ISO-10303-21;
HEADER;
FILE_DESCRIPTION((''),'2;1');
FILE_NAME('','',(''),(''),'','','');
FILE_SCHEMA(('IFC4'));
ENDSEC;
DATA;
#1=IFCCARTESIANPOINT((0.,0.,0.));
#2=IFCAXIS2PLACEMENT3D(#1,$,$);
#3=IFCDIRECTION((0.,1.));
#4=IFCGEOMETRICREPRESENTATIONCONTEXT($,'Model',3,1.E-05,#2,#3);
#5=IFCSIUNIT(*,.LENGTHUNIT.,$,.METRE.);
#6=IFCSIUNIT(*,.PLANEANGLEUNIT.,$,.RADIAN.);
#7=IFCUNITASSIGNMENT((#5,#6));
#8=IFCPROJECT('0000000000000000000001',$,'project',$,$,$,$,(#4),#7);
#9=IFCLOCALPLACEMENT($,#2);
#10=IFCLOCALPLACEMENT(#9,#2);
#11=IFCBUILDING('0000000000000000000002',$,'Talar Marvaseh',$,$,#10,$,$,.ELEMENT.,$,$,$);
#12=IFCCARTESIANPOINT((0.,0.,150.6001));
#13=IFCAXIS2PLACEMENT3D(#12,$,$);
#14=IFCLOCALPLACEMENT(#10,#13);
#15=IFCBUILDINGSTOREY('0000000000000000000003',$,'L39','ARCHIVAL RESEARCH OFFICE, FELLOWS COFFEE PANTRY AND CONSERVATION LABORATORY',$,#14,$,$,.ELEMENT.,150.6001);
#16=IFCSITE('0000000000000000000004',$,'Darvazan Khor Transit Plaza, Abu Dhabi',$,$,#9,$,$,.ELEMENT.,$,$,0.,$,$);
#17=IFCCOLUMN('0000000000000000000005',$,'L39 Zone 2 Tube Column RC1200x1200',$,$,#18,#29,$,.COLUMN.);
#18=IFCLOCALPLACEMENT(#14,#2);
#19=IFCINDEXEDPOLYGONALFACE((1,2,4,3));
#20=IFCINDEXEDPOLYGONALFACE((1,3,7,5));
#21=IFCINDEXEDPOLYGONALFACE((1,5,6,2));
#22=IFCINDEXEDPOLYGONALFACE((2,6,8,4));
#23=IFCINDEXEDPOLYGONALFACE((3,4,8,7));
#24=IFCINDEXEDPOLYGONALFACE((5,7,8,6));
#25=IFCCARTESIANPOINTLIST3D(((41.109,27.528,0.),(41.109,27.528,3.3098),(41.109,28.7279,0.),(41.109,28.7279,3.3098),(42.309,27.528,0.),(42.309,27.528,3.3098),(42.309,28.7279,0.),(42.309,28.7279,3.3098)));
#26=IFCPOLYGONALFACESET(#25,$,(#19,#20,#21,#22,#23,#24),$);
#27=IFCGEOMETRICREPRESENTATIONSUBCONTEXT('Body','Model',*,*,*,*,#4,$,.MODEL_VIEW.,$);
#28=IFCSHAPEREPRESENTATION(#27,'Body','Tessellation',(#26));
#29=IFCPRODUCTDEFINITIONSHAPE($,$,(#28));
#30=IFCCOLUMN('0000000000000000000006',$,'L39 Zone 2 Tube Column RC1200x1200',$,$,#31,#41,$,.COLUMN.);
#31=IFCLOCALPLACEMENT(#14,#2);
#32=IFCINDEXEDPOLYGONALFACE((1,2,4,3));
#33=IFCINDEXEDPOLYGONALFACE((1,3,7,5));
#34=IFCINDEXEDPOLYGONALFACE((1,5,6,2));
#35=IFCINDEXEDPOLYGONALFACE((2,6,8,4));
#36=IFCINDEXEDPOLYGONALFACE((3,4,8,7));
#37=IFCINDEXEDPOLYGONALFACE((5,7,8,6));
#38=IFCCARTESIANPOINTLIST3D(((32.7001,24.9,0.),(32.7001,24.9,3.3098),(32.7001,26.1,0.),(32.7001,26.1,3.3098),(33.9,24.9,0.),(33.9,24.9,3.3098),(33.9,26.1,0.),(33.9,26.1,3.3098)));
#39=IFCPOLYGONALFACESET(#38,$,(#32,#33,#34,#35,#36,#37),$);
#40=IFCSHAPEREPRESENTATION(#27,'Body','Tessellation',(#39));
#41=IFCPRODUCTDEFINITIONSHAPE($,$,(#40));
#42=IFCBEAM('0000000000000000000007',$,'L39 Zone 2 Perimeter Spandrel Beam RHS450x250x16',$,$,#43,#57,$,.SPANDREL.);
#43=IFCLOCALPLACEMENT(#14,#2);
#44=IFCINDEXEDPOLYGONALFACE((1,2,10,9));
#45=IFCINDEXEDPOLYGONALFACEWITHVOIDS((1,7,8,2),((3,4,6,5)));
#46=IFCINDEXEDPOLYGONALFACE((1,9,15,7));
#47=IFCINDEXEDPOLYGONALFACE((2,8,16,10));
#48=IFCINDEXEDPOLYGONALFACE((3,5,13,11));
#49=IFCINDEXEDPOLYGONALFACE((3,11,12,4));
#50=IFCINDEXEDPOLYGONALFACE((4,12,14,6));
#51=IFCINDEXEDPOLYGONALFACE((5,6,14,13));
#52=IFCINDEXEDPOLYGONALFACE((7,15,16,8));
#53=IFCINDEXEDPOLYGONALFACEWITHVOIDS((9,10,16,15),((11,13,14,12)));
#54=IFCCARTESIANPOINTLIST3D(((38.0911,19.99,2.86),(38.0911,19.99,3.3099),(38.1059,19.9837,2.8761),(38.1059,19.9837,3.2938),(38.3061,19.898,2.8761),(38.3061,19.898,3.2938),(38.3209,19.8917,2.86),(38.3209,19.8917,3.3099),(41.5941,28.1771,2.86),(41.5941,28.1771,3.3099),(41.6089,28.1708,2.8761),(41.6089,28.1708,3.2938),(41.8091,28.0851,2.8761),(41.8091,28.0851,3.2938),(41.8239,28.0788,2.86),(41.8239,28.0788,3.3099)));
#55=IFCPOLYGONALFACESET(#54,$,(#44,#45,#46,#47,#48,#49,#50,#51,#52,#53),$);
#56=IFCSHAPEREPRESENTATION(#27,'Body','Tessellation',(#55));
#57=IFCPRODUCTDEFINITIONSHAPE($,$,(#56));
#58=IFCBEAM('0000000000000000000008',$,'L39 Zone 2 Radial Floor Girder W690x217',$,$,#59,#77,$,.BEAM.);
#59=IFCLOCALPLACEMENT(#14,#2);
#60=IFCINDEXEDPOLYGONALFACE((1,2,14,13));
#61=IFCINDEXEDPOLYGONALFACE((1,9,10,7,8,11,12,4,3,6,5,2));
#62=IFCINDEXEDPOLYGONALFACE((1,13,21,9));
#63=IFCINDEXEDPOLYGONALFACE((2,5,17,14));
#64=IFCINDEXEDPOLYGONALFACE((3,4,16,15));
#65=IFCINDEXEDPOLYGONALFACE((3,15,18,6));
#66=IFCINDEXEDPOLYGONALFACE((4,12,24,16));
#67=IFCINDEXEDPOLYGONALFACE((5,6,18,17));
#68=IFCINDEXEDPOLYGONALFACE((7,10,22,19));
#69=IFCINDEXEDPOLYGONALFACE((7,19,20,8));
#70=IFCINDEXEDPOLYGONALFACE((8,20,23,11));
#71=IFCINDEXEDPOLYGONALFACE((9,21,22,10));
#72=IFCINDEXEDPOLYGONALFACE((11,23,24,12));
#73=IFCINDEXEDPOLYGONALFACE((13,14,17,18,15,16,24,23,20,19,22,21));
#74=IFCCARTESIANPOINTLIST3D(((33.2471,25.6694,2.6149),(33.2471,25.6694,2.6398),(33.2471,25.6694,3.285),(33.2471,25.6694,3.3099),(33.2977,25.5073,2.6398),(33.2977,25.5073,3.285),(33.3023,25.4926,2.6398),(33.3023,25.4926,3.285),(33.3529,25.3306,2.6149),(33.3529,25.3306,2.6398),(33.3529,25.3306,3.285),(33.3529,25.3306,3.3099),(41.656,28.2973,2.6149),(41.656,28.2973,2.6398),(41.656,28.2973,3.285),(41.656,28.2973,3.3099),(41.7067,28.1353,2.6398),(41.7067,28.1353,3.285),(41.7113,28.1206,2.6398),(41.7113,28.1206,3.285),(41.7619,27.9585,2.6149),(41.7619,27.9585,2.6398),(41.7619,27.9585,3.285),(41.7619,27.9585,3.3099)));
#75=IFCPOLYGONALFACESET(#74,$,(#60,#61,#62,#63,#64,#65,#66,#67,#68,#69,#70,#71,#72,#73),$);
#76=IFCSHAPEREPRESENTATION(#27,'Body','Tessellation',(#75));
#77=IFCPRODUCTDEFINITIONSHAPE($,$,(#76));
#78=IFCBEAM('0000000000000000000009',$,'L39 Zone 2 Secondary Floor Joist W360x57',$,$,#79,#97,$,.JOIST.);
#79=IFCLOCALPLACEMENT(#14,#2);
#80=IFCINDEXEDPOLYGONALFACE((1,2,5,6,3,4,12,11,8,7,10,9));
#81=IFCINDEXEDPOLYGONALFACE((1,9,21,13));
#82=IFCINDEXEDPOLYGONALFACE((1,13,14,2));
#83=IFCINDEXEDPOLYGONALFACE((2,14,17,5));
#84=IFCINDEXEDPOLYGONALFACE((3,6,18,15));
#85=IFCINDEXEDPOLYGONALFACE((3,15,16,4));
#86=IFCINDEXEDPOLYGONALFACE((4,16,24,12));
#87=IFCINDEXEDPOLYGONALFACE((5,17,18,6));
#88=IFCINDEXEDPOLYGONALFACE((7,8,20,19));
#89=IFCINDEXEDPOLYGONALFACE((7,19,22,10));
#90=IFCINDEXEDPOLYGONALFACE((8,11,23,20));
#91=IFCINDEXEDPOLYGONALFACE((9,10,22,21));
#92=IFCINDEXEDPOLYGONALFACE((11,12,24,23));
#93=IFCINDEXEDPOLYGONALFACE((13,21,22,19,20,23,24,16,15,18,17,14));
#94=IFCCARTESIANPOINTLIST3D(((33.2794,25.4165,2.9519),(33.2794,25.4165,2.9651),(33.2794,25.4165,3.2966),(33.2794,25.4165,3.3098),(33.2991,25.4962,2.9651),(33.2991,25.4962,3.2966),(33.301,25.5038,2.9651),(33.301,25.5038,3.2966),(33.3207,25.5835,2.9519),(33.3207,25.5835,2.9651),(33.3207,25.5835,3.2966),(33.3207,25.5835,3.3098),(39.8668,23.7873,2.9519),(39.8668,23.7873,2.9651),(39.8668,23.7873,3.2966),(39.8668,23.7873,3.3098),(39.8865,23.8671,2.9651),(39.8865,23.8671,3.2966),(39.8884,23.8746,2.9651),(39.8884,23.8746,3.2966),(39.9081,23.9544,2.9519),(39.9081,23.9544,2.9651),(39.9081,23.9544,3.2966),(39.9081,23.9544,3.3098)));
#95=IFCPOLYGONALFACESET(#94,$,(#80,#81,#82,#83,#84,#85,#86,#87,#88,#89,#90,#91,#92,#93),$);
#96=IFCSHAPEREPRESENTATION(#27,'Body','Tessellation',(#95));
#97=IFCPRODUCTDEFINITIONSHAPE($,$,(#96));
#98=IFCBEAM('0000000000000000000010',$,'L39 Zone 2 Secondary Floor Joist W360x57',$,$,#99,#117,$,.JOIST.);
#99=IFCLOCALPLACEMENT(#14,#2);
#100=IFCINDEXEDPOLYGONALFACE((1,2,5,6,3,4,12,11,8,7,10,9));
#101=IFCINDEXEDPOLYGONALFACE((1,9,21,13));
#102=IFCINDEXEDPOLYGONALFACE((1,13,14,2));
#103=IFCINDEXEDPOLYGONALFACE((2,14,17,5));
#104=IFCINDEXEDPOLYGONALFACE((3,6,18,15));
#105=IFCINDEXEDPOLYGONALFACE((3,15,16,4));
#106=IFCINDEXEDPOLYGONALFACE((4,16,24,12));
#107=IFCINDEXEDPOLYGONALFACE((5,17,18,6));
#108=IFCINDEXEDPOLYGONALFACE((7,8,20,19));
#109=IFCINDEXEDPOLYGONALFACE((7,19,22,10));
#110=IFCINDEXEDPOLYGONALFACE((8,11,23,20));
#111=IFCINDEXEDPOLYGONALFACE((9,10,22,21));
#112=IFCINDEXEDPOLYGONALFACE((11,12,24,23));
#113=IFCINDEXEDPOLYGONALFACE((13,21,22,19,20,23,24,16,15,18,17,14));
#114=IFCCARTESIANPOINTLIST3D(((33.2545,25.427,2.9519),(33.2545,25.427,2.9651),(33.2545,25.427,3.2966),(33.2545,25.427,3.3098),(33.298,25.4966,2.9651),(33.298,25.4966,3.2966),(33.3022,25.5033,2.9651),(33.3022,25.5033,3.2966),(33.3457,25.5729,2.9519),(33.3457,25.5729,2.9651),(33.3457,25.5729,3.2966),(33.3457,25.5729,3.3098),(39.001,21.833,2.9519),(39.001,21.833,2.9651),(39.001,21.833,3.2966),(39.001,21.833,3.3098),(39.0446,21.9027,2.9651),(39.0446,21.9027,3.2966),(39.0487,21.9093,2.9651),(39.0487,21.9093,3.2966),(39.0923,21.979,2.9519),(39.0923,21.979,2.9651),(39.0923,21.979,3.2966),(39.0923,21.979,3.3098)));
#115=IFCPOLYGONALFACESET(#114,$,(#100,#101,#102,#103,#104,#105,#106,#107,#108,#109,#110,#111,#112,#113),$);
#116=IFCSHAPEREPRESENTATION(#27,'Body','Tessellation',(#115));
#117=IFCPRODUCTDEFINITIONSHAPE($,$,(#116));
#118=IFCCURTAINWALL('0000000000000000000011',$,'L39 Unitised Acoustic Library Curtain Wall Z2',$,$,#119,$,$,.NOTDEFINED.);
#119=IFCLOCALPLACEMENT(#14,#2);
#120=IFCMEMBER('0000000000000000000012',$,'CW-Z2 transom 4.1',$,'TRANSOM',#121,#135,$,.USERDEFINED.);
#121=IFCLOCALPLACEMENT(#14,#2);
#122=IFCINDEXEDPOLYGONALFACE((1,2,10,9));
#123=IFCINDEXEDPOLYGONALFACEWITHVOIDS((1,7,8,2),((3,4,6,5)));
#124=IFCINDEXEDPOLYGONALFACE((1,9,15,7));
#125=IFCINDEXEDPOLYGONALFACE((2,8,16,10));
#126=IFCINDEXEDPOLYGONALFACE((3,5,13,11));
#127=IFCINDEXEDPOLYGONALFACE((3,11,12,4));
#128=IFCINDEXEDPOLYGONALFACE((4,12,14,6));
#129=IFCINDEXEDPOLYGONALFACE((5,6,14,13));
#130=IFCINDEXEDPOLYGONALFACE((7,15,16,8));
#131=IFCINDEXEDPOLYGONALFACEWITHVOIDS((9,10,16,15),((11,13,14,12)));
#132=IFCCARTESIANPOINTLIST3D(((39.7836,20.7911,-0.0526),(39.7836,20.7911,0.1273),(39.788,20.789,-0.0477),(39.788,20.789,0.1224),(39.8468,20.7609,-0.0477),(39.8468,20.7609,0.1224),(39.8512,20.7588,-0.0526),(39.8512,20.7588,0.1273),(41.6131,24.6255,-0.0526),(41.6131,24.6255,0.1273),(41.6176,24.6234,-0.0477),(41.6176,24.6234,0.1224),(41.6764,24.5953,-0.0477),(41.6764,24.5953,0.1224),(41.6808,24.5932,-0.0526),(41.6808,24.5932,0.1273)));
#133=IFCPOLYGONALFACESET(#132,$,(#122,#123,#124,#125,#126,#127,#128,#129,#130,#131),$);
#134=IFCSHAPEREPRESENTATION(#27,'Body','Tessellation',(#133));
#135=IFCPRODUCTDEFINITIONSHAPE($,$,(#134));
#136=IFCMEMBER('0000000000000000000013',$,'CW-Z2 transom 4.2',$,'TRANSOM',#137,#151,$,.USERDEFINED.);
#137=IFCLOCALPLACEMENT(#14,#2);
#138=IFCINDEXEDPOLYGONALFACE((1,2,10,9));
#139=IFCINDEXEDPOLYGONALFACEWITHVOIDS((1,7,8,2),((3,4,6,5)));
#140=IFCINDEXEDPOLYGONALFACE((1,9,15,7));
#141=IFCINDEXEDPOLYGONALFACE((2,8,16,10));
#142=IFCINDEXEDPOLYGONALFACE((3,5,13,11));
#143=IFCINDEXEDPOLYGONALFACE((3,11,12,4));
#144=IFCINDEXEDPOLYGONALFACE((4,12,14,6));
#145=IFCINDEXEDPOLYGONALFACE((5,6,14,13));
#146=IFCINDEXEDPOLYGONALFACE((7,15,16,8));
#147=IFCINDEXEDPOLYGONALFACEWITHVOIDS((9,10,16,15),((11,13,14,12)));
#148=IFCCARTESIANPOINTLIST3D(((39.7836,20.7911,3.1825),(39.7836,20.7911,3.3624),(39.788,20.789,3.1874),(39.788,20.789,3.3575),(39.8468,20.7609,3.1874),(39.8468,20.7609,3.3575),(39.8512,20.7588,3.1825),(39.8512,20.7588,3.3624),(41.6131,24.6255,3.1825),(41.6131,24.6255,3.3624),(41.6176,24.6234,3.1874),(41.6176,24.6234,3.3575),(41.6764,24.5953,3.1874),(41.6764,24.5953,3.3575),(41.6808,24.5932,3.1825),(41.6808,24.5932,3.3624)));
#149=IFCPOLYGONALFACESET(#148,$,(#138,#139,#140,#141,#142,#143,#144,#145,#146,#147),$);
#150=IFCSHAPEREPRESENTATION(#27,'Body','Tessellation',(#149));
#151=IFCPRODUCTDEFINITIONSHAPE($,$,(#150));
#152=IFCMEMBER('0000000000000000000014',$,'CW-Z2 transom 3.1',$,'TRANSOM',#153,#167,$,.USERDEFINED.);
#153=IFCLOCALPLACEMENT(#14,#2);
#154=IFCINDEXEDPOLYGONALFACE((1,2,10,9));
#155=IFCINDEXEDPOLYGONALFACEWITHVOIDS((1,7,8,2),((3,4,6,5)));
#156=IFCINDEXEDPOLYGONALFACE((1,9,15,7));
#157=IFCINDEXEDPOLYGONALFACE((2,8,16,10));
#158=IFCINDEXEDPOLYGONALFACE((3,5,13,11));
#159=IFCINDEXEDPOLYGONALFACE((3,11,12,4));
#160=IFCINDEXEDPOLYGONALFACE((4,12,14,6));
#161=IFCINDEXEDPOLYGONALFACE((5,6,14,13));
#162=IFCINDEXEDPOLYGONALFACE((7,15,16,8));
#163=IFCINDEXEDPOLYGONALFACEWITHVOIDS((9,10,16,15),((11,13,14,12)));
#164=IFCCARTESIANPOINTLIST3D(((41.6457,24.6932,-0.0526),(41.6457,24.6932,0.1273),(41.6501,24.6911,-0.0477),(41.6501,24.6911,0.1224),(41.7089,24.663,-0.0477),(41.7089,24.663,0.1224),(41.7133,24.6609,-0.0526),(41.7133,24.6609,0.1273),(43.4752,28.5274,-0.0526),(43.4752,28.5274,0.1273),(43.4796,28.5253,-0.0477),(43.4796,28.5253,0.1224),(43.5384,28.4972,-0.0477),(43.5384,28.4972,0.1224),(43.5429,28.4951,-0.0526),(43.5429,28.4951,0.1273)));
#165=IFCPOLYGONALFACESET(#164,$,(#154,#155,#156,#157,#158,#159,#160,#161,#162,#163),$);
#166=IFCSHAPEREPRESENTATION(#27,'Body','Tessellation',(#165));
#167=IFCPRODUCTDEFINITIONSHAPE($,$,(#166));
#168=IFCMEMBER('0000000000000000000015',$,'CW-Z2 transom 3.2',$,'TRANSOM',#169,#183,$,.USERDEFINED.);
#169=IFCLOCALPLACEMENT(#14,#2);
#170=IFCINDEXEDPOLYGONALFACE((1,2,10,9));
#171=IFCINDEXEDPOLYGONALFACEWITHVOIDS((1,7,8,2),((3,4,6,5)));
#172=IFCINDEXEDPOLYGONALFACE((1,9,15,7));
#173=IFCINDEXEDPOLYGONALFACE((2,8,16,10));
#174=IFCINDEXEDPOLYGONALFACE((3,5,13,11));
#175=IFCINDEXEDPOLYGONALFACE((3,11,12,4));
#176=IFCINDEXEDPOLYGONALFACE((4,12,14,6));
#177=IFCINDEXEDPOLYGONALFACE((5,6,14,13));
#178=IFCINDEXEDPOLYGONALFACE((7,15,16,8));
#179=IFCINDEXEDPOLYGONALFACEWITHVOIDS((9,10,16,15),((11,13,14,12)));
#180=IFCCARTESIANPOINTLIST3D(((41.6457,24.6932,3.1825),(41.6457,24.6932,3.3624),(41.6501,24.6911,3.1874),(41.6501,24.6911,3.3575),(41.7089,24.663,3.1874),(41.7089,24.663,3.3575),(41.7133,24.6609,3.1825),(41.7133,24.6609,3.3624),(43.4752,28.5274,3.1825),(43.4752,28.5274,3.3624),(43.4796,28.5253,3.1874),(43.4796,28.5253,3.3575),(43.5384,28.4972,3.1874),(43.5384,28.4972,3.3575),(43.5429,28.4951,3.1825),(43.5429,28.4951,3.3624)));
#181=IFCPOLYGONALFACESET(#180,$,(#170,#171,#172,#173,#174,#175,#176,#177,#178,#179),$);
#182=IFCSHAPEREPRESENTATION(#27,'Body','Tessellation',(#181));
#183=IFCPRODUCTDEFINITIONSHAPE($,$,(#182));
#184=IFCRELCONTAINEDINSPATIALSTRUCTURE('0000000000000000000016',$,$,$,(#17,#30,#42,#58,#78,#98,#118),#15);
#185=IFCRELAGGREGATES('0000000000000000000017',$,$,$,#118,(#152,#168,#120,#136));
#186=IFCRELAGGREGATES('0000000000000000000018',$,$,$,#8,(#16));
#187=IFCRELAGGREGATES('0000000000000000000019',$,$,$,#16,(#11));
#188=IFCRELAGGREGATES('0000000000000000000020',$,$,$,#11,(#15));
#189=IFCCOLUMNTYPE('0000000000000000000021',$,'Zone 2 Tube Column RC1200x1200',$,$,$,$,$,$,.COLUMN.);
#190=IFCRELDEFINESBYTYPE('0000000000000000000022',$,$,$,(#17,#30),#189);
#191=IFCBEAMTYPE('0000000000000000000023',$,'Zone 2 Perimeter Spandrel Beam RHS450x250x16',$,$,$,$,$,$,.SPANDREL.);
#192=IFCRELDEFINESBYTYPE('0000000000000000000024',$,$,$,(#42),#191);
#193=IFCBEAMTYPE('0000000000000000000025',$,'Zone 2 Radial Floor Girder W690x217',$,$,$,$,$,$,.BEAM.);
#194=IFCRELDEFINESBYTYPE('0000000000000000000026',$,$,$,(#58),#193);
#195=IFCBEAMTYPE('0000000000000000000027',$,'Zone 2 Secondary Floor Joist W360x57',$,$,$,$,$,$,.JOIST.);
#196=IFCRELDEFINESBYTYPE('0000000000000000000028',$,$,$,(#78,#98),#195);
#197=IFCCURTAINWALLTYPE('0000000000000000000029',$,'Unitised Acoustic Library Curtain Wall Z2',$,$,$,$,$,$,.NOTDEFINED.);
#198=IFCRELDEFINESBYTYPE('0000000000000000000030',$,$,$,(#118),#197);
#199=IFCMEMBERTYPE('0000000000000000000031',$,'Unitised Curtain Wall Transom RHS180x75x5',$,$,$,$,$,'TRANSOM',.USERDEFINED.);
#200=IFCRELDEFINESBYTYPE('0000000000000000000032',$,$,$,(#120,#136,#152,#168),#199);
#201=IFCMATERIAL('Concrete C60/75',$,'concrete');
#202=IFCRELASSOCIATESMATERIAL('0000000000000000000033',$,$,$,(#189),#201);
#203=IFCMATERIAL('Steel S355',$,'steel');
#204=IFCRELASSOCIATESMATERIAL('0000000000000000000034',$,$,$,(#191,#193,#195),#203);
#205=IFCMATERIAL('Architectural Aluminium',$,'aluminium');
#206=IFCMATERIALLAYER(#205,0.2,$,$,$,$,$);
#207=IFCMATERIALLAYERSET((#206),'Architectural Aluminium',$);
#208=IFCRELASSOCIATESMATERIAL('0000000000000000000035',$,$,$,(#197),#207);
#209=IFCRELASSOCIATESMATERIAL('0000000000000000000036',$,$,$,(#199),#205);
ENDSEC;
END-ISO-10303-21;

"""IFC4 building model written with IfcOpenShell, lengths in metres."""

from ifc_helpers import new_model, si_unit, direction, frame, origin, origin_2d, place, context, subcontext, project, spatial, rectangle, hollow_rectangle, i_section, extrude, source, transform, mapped, material, layer, layer_set, material_profile, profile_set, type_object, type_shapes, element, aggregate, save


model = new_model("IFC4")

# Units and contexts
model_context = context("Model", 3, precision=1e-05, world=origin(), true_north=direction((0.0, 1.0)))
body_context = subcontext(model_context, "Body", "Model", "MODEL_VIEW")
ifc_project = project(units=[si_unit("LENGTHUNIT", "METRE"), si_unit("PLANEANGLEUNIT", "RADIAN")], contexts=[model_context])

# Site, building, storey
site_placement = place(None, origin())
site = spatial("IfcSite", under=ifc_project, at=site_placement, Name="Darvazan Khor Transit Plaza, Abu Dhabi", CompositionType="ELEMENT", RefElevation=0.0)
building_placement = place(site_placement, origin())
building = spatial("IfcBuilding", under=site, at=building_placement, Name="Talar Marvaseh", CompositionType="ELEMENT")
storey_placement = place(building_placement, frame((0.0, 0.0, 150.6001)))
storey = spatial("IfcBuildingStorey", under=building, at=storey_placement, Name="L39", Description="ARCHIVAL RESEARCH OFFICE, FELLOWS COFFEE PANTRY AND CONSERVATION LABORATORY", CompositionType="ELEMENT", Elevation=150.6001)

# Columns
ifc_material_1 = material(Name="Concrete C60/75", Category="concrete")
ifc_material_profile_1 = material_profile(ifc_material_1, rectangle(XDim=1.2, YDim=1.2, at=origin_2d()), Name="RC1200x1200")
ifc_profile_set_1 = profile_set([ifc_material_profile_1], Name="Concrete C60/75")
column_type = type_object("IfcColumnType", Name="Zone 2 Tube Column RC1200x1200", PredefinedType="COLUMN", material=ifc_profile_set_1)
for number, where, z_axis, x_axis, name in (
    (1, (41.709, 28.1279, 0.0), (0.0, 0.0, 1.0), (1.0, 0.0, 0.0), "L39 Zone 2 Tube Column RC1200x1200"),
    (2, (33.3, 25.5, 0.0), (0.0, 0.0, 1.0), (1.0, 0.0, 0.0), "L39 Zone 2 Tube Column RC1200x1200"),
):
    element("IfcColumn", number, at=place(storey_placement, frame(where, z_axis=z_axis, x_axis=x_axis)), inside=storey, type_object=column_type, Name=name, PredefinedType="COLUMN", context=body_context, shape_type="SweptSolid", body=[
        extrude(rectangle(XDim=1.2, YDim=1.2, at=origin_2d()), origin(), (0.0, 0.0, 1.0), 3.3098),
    ])

# Beams
ifc_material_2 = material(Name="Steel S355", Category="steel")
ifc_material_profile_2 = material_profile(ifc_material_2, hollow_rectangle(XDim=0.25, YDim=0.45, WallThickness=0.0161, at=origin_2d()), Name="RHS450x250x16")
ifc_profile_set_2 = profile_set([ifc_material_profile_2], Name="Steel S355")
beam_type_1 = type_object("IfcBeamType", Name="Zone 2 Perimeter Spandrel Beam RHS450x250x16", PredefinedType="SPANDREL", material=ifc_profile_set_2)
beam_1_placement = place(storey_placement, frame((41.709, 28.1279, 3.085), z_axis=(-0.39337, -0.91938, 0.0), x_axis=(0.91938, -0.39337, 0.0)))
element("IfcBeam", 3, at=beam_1_placement, inside=storey, type_object=beam_type_1, Name="L39 Zone 2 Perimeter Spandrel Beam RHS450x250x16", PredefinedType="SPANDREL", context=body_context, shape_type="SweptSolid", body=[
    extrude(hollow_rectangle(XDim=0.25, YDim=0.45, WallThickness=0.0161, at=origin_2d()), origin(), (0.0, 0.0, 1.0), 8.905),
])
ifc_material_profile_3 = material_profile(ifc_material_2, i_section(OverallWidth=0.355, OverallDepth=0.6951, WebThickness=0.0154, FlangeThickness=0.0249, at=origin_2d()), Name="W690x217")
ifc_profile_set_3 = profile_set([ifc_material_profile_3], Name="Steel S355")
beam_type_2 = type_object("IfcBeamType", Name="Zone 2 Radial Floor Girder W690x217", PredefinedType="BEAM", material=ifc_profile_set_3)
beam_2_placement = place(storey_placement, frame((41.709, 28.1279, 2.9624), z_axis=(-0.954476, -0.298289, 0.0), x_axis=(0.298289, -0.954476, 0.0)))
element("IfcBeam", 4, at=beam_2_placement, inside=storey, type_object=beam_type_2, Name="L39 Zone 2 Radial Floor Girder W690x217", PredefinedType="BEAM", context=body_context, shape_type="SweptSolid", body=[
    extrude(i_section(OverallWidth=0.355, OverallDepth=0.6951, WebThickness=0.0154, FlangeThickness=0.0249, at=origin_2d()), origin(), (0.0, 0.0, 1.0), 8.8101),
])
ifc_material_profile_4 = material_profile(ifc_material_2, i_section(OverallWidth=0.1721, OverallDepth=0.3579, WebThickness=0.0078, FlangeThickness=0.0132, at=origin_2d()), Name="W360x57")
ifc_profile_set_4 = profile_set([ifc_material_profile_4], Name="Steel S355")
beam_type_3 = type_object("IfcBeamType", Name="Zone 2 Secondary Floor Joist W360x57", PredefinedType="JOIST", material=ifc_profile_set_4)
beam_3_placement = place(storey_placement, frame((39.8875, 23.8708, 3.1309), z_axis=(-0.970753, 0.24008, 0.0), x_axis=(-0.24008, -0.970753, 0.0)))
element("IfcBeam", 5, at=beam_3_placement, inside=storey, type_object=beam_type_3, Name="L39 Zone 2 Secondary Floor Joist W360x57", PredefinedType="JOIST", context=body_context, shape_type="SweptSolid", body=[
    extrude(i_section(OverallWidth=0.1721, OverallDepth=0.3579, WebThickness=0.0078, FlangeThickness=0.0132, at=origin_2d()), origin(), (0.0, 0.0, 1.0), 6.7859),
])
beam_4_placement = place(storey_placement, frame((39.0466, 21.906, 3.1309), z_axis=(-0.84784, 0.530251, 0.0), x_axis=(-0.530251, -0.84784, 0.0)))
element("IfcBeam", 6, at=beam_4_placement, inside=storey, type_object=beam_type_3, Name="L39 Zone 2 Secondary Floor Joist W360x57", PredefinedType="JOIST", context=body_context, shape_type="SweptSolid", body=[
    extrude(i_section(OverallWidth=0.1721, OverallDepth=0.3579, WebThickness=0.0078, FlangeThickness=0.0132, at=origin_2d()), origin(), (0.0, 0.0, 1.0), 6.7778),
])

# Curtain wall, members
ifc_material_3 = material(Name="Architectural Aluminium", Category="aluminium")
ifc_layer_1 = layer(ifc_material_3, 0.2)
ifc_layer_set_1 = layer_set([ifc_layer_1], Name="Architectural Aluminium")
curtain_wall_type = type_object("IfcCurtainWallType", Name="Unitised Acoustic Library Curtain Wall Z2", PredefinedType="NOTDEFINED", material=ifc_layer_set_1)
curtain_wall_placement = place(storey_placement, origin())
curtain_wall = element("IfcCurtainWall", 7, at=curtain_wall_placement, inside=storey, type_object=curtain_wall_type, Name="L39 Unitised Acoustic Library Curtain Wall Z2", PredefinedType="NOTDEFINED")
ifc_material_profile_5 = material_profile(ifc_material_3, hollow_rectangle(XDim=0.075, YDim=0.1799, WallThickness=0.0049, at=origin_2d()), Name="RHS180x75x5")
ifc_profile_set_5 = profile_set([ifc_material_profile_5], Name="Architectural Aluminium")
member_type_1 = type_object("IfcMemberType", Name="Unitised Curtain Wall Transom RHS180x75x5", ElementType="TRANSOM", PredefinedType="USERDEFINED", material=ifc_profile_set_5)
shared_shape_1 = source(origin(), body_context, "Body", "SweptSolid", [
    extrude(hollow_rectangle(XDim=0.075, YDim=0.1799, WallThickness=0.0049, at=origin_2d()), origin(), (0.0, 0.0, 1.0), 4.2485),
])
member_1_placement = place(storey_placement, frame((41.647, 24.6094, 0.0374), z_axis=(-0.430634, -0.902527, 0.0), x_axis=(0.902527, -0.430634, 0.0)))
member_1 = element("IfcMember", 8, at=member_1_placement, type_object=member_type_1, Name="CW-Z2 transom 4.1", ObjectType="TRANSOM", PredefinedType="USERDEFINED", context=body_context, shape_type="MappedRepresentation", body=[
    mapped(shared_shape_1, transform((0.0, 0.0, 0.0), x_axis=(1.0, 0.0, 0.0), y_axis=(0.0, 1.0, 0.0), z_axis=(0.0, 0.0, 1.0), scale=1.0)),
])
member_2_placement = place(storey_placement, frame((41.647, 24.6094, 3.2725), z_axis=(-0.430634, -0.902527, 0.0), x_axis=(0.902527, -0.430634, 0.0)))
member_2 = element("IfcMember", 9, at=member_2_placement, type_object=member_type_1, Name="CW-Z2 transom 4.2", ObjectType="TRANSOM", PredefinedType="USERDEFINED", context=body_context, shape_type="MappedRepresentation", body=[
    mapped(shared_shape_1, transform((0.0, 0.0, 0.0), x_axis=(1.0, 0.0, 0.0), y_axis=(0.0, 1.0, 0.0), z_axis=(0.0, 0.0, 1.0), scale=1.0)),
])
shared_shape_2 = source(origin(), body_context, "Body", "SweptSolid", [
    extrude(hollow_rectangle(XDim=0.075, YDim=0.1799, WallThickness=0.0049, at=origin_2d()), origin(), (0.0, 0.0, 1.0), 4.2483),
])
type_shapes(member_type_1, [shared_shape_1, shared_shape_2])
member_3_placement = place(storey_placement, frame((43.509, 28.5112, 0.0374), z_axis=(-0.430656, -0.902516, 0.0), x_axis=(0.902516, -0.430656, 0.0)))
member_3 = element("IfcMember", 10, at=member_3_placement, type_object=member_type_1, Name="CW-Z2 transom 3.1", ObjectType="TRANSOM", PredefinedType="USERDEFINED", context=body_context, shape_type="MappedRepresentation", body=[
    mapped(shared_shape_2, transform((0.0, 0.0, 0.0), x_axis=(1.0, 0.0, 0.0), y_axis=(0.0, 1.0, 0.0), z_axis=(0.0, 0.0, 1.0), scale=1.0)),
])
member_4_placement = place(storey_placement, frame((43.509, 28.5112, 3.2725), z_axis=(-0.430656, -0.902516, 0.0), x_axis=(0.902516, -0.430656, 0.0)))
member_4 = element("IfcMember", 11, at=member_4_placement, type_object=member_type_1, Name="CW-Z2 transom 3.2", ObjectType="TRANSOM", PredefinedType="USERDEFINED", context=body_context, shape_type="MappedRepresentation", body=[
    mapped(shared_shape_2, transform((0.0, 0.0, 0.0), x_axis=(1.0, 0.0, 0.0), y_axis=(0.0, 1.0, 0.0), z_axis=(0.0, 0.0, 1.0), scale=1.0)),
])
aggregate(curtain_wall, [member_3, member_4, member_1, member_2])

save(model, "model.ifc")
